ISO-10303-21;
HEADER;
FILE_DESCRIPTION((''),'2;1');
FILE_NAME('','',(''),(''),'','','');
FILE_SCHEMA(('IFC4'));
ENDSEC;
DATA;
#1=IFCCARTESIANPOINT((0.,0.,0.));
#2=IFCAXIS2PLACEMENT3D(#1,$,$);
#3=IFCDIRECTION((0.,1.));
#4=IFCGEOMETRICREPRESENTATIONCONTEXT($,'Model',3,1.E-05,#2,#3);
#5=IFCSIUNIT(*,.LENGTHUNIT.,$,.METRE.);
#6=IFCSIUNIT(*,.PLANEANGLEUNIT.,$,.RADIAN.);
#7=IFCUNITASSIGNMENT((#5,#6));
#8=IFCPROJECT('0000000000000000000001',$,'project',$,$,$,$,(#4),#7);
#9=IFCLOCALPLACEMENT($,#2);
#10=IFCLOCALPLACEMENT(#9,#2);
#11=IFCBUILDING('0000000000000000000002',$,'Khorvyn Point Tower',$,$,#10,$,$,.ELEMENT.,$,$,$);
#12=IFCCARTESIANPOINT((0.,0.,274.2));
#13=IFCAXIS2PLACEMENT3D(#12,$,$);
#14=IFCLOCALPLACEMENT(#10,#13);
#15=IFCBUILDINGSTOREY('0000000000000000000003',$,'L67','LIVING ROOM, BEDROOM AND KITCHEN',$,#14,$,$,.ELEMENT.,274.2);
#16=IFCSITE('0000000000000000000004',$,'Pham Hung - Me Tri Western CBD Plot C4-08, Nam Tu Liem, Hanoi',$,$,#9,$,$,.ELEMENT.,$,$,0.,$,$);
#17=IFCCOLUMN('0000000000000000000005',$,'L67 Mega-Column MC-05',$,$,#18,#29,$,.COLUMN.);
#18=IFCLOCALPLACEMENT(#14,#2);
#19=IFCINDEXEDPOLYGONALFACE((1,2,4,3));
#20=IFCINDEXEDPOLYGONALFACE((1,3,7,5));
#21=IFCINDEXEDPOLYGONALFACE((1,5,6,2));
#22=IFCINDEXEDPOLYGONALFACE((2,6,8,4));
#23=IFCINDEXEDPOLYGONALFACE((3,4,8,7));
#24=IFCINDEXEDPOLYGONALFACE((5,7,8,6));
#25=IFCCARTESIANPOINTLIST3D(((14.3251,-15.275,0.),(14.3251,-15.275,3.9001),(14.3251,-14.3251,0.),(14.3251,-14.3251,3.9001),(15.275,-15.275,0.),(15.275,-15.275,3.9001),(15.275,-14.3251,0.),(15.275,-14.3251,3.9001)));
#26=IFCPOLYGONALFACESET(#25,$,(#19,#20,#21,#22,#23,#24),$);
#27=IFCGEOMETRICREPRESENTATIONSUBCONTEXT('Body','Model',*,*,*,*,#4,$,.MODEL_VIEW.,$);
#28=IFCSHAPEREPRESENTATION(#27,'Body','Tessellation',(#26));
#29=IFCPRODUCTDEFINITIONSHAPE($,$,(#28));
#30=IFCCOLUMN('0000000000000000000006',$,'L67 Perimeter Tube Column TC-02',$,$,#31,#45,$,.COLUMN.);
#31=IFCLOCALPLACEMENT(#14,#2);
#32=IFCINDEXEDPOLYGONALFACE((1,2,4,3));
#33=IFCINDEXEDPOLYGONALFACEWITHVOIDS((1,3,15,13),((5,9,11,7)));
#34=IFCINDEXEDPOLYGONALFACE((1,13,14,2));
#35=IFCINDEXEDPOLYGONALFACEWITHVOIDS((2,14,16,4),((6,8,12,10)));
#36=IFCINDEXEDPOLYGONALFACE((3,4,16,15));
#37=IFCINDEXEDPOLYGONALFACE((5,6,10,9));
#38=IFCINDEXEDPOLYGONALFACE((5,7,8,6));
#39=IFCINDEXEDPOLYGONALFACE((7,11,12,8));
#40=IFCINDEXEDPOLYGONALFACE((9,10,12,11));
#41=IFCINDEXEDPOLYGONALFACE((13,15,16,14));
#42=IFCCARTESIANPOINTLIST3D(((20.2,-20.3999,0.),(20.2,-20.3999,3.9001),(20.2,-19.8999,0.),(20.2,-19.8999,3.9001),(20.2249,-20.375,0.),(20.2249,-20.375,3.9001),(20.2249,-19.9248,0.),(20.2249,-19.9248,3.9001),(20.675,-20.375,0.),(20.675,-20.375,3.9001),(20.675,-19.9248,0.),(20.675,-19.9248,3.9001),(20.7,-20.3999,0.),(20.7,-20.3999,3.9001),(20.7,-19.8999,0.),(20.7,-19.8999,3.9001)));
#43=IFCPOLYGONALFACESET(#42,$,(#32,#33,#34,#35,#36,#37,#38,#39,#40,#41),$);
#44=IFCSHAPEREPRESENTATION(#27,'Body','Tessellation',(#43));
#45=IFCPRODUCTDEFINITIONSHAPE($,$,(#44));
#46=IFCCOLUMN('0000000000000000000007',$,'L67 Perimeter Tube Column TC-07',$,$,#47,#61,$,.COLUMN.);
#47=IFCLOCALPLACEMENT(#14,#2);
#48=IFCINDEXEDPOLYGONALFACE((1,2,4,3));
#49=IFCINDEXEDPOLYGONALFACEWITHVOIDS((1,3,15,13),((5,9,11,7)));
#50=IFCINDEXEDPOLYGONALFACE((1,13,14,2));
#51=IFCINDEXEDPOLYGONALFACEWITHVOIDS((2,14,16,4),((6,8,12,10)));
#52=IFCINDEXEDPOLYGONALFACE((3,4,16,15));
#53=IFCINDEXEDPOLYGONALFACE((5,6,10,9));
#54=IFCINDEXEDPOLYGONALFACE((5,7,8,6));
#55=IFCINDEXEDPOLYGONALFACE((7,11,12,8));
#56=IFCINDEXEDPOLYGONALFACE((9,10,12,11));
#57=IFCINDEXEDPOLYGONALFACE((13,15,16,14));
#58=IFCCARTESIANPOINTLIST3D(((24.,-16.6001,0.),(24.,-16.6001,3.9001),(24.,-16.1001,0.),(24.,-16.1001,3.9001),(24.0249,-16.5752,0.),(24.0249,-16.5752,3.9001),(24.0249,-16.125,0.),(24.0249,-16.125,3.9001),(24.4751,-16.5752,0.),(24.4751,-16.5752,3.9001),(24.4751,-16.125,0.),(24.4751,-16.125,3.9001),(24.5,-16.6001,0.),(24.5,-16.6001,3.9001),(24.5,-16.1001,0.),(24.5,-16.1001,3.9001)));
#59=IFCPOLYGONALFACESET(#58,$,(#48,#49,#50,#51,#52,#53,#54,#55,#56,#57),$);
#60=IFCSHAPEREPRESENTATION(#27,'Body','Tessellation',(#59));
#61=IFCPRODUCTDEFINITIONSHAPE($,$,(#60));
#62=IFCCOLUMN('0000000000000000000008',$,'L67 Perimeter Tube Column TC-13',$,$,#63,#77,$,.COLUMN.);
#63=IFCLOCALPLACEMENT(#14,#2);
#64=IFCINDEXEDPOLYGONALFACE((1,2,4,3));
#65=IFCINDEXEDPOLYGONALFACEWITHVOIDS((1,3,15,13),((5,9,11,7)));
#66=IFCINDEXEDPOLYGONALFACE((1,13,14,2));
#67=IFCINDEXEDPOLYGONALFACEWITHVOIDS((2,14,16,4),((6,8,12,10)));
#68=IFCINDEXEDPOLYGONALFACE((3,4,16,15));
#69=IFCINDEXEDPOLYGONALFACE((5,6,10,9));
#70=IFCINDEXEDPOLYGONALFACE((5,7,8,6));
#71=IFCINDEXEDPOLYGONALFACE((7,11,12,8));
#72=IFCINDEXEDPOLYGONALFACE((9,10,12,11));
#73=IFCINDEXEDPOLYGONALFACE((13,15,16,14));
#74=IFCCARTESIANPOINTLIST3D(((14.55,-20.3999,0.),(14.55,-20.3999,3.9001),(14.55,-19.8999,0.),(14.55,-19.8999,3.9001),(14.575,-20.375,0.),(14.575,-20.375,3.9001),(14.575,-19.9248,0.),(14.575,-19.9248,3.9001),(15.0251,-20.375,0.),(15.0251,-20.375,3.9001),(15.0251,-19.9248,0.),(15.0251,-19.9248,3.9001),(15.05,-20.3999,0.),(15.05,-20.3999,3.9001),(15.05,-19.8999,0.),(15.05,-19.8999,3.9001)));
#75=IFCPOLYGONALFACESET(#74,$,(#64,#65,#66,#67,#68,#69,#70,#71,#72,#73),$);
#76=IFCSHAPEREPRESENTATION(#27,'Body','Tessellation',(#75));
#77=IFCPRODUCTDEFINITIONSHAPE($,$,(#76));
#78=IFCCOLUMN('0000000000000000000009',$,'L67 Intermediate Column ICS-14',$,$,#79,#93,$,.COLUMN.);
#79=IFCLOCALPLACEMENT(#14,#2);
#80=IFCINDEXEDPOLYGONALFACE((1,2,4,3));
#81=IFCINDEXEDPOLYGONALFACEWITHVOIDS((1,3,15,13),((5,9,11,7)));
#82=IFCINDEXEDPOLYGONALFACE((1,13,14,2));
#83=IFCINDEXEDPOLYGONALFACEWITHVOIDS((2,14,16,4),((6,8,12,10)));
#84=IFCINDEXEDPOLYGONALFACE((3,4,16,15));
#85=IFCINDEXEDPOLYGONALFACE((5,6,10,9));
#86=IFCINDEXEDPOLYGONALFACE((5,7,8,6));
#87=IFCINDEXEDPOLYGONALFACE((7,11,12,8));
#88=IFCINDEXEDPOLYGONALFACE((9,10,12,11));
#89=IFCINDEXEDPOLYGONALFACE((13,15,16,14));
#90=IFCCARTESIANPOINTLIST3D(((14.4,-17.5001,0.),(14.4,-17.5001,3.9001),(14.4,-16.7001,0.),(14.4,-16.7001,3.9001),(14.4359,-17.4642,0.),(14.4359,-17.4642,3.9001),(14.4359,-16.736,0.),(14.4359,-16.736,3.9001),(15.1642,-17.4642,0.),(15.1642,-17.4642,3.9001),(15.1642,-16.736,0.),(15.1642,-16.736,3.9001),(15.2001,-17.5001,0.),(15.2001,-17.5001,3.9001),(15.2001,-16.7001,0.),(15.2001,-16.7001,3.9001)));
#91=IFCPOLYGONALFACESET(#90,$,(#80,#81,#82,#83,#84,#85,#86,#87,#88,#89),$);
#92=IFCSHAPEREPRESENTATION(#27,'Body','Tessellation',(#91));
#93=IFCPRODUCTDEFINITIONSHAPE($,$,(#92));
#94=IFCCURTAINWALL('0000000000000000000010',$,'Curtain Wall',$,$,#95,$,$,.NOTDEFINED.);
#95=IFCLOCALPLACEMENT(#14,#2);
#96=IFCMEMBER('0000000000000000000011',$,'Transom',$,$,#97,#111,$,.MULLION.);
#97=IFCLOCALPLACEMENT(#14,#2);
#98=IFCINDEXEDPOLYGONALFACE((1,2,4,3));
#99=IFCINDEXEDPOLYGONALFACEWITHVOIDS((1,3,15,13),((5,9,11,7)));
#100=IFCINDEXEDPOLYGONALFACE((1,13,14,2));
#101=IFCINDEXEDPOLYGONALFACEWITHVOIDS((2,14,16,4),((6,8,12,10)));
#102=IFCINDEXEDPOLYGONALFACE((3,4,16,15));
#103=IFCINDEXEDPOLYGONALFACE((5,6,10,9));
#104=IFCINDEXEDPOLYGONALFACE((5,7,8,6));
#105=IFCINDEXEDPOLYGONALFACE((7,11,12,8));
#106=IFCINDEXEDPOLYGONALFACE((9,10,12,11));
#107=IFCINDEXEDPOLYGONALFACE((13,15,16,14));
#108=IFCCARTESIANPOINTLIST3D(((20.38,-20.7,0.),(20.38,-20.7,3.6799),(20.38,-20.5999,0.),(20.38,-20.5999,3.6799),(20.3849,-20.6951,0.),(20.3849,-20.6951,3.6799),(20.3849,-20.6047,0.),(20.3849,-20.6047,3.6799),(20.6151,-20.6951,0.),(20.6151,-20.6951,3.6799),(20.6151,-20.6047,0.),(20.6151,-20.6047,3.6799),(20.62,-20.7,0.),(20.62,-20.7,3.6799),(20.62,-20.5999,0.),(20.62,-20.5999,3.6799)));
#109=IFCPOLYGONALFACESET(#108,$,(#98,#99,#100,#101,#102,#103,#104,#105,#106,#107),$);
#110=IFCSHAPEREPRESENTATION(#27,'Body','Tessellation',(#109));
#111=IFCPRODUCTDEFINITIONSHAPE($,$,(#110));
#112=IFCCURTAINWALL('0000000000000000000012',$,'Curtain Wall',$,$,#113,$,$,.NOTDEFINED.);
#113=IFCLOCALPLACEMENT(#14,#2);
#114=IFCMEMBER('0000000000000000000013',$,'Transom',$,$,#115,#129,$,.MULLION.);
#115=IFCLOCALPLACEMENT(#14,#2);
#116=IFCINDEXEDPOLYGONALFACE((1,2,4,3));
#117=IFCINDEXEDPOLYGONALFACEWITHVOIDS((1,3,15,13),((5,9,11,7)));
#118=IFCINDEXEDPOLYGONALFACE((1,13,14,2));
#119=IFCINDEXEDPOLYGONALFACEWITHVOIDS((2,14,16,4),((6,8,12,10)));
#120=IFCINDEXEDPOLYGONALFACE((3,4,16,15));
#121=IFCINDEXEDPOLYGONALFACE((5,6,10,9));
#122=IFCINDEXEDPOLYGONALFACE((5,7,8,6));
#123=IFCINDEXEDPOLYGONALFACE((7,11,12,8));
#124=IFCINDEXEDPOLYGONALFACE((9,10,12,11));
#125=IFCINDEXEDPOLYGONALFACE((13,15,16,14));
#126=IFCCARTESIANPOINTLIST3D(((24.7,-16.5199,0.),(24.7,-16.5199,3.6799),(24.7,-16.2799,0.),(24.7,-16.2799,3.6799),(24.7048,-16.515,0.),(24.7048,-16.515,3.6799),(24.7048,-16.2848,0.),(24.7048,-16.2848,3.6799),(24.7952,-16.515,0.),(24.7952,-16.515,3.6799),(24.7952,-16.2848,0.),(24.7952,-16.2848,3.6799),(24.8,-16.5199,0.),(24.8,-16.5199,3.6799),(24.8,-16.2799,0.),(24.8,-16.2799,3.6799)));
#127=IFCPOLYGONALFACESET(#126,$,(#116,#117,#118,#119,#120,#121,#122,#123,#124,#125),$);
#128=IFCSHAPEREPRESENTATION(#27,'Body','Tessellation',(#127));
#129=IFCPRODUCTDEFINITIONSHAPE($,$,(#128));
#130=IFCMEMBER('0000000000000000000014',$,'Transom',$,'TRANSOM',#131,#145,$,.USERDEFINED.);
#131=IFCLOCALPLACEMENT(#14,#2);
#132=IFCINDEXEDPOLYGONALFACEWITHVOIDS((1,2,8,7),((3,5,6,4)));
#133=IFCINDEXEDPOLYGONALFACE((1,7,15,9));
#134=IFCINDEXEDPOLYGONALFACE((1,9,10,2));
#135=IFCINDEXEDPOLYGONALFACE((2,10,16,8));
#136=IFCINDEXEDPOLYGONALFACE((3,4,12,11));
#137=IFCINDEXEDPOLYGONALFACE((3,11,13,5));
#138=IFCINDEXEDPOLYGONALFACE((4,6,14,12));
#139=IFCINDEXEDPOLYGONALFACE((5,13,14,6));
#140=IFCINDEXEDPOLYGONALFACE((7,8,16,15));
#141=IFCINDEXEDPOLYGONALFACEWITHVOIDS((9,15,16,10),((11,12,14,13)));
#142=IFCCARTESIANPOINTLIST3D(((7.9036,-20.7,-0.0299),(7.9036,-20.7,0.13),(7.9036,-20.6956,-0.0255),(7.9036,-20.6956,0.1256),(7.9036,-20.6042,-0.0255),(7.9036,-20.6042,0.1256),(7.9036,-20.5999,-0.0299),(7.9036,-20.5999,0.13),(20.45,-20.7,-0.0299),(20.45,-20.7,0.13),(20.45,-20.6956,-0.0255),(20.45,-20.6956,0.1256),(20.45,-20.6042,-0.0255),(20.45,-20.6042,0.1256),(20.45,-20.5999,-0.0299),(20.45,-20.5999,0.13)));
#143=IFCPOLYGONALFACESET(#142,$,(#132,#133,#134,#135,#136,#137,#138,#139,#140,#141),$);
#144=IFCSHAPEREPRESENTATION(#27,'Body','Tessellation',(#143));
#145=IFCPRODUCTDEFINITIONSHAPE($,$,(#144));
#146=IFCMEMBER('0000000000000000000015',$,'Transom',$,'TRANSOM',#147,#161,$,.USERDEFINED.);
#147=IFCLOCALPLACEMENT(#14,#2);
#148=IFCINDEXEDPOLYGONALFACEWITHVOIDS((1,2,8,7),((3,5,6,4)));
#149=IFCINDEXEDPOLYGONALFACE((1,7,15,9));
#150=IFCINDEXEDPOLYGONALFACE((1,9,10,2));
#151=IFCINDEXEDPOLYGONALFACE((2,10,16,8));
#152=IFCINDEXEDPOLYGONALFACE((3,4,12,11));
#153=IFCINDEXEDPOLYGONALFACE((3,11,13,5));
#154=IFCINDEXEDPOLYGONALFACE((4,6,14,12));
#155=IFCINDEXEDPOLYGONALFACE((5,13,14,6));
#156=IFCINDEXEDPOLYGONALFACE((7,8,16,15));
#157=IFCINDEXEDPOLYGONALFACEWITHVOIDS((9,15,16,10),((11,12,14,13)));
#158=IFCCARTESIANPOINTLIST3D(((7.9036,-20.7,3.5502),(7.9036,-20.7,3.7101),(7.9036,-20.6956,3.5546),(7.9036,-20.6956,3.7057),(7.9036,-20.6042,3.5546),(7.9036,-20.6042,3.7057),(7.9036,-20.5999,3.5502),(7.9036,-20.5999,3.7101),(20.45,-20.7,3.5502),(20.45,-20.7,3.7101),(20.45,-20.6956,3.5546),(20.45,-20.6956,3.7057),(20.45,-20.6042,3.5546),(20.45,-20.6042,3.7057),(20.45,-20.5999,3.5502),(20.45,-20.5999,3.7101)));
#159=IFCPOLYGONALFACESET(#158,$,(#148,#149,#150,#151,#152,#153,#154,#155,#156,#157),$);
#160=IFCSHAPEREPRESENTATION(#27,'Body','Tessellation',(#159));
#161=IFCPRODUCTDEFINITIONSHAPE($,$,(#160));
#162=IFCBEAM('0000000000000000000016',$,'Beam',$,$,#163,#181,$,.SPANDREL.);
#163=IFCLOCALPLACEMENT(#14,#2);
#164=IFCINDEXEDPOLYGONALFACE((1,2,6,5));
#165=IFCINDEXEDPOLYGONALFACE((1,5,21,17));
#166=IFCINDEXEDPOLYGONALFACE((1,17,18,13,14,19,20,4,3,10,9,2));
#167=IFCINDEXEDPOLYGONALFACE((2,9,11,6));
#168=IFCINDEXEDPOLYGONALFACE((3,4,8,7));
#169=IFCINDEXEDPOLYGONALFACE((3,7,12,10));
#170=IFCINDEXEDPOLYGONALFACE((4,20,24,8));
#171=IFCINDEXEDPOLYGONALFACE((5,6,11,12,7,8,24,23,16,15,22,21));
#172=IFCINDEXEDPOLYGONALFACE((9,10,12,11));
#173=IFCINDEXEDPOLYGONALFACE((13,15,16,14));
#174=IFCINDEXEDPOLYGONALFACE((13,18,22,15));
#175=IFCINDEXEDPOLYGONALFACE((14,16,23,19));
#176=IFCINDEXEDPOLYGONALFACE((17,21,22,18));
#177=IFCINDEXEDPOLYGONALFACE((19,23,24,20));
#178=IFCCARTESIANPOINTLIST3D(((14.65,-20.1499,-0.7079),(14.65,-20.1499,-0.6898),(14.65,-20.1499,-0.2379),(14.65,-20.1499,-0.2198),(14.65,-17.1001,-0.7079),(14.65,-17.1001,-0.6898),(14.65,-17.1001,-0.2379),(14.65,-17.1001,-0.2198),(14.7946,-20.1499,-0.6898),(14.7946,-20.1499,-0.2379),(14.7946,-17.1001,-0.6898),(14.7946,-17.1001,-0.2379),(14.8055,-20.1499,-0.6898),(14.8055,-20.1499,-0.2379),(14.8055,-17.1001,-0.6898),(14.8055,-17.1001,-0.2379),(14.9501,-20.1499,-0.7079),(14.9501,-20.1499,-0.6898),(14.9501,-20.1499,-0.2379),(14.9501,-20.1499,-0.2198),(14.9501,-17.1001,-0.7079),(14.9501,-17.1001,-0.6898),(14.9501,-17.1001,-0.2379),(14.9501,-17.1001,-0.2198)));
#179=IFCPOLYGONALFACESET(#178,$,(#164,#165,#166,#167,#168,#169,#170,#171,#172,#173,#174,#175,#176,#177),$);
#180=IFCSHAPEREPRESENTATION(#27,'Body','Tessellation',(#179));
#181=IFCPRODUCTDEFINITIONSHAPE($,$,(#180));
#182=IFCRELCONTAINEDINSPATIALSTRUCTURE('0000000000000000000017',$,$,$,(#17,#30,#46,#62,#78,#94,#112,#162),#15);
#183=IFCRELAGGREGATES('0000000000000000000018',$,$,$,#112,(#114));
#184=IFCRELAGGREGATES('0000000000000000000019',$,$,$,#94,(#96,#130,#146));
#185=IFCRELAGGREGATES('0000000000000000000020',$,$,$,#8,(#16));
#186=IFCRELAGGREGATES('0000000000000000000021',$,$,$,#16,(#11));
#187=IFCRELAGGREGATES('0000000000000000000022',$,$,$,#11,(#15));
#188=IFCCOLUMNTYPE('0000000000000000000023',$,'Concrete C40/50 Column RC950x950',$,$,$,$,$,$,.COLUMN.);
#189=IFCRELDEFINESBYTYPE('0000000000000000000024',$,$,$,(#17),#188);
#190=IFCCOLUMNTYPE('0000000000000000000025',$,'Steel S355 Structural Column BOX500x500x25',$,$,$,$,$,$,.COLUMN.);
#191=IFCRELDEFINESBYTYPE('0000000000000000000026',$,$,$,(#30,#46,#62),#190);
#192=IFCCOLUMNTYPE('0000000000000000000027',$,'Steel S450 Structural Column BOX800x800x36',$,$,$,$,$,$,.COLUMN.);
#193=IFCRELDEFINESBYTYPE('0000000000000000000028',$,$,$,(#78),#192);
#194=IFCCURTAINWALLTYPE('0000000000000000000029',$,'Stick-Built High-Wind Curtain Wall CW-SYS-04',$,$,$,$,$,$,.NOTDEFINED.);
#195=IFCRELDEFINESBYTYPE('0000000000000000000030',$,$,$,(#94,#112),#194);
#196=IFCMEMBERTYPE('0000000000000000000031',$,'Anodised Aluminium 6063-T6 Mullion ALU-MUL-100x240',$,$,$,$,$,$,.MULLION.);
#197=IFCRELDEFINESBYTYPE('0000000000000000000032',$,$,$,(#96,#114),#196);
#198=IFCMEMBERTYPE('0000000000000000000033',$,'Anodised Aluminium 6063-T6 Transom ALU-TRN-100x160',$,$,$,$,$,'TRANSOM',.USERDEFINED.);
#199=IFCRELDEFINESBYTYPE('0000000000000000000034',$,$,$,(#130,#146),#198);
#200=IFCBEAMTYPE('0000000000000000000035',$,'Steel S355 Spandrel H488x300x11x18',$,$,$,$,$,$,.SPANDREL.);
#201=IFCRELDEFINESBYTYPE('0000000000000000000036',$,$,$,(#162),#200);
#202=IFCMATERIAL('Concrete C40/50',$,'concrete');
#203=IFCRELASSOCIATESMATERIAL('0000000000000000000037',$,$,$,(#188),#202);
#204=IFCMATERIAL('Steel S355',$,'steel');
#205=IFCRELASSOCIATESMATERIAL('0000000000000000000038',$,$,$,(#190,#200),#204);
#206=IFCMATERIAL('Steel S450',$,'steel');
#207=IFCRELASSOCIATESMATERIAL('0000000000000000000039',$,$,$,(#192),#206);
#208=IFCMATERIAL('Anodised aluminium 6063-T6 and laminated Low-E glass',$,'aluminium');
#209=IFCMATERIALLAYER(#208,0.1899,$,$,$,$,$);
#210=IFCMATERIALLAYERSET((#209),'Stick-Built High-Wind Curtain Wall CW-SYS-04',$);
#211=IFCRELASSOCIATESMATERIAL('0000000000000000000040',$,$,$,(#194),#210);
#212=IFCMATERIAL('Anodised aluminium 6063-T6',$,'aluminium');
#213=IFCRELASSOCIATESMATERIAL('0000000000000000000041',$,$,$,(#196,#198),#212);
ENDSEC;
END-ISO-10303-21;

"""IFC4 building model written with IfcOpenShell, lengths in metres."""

from ifc_helpers import new_model, si_unit, direction, frame, origin, origin_2d, place, context, subcontext, project, spatial, rectangle, hollow_rectangle, i_section, extrude, material, layer, layer_set, material_profile, profile_set, type_object, element, aggregate, save


model = new_model("IFC4")

# Units and contexts
model_context = context("Model", 3, precision=1e-05, world=origin(), true_north=direction((0.0, 1.0)))
body_context = subcontext(model_context, "Body", "Model", "MODEL_VIEW")
ifc_project = project(units=[si_unit("LENGTHUNIT", "METRE"), si_unit("PLANEANGLEUNIT", "RADIAN")], contexts=[model_context])

# Site, building, storey
site_placement = place(None, origin())
site = spatial("IfcSite", under=ifc_project, at=site_placement, Name="Pham Hung - Me Tri Western CBD Plot C4-08, Nam Tu Liem, Hanoi", CompositionType="ELEMENT", RefElevation=0.0)
building_placement = place(site_placement, origin())
building = spatial("IfcBuilding", under=site, at=building_placement, Name="Khorvyn Point Tower", CompositionType="ELEMENT")
storey_placement = place(building_placement, frame((0.0, 0.0, 274.2)))
storey = spatial("IfcBuildingStorey", under=building, at=storey_placement, Name="L67", Description="LIVING ROOM, BEDROOM AND KITCHEN", CompositionType="ELEMENT", Elevation=274.2)

# Columns
ifc_material_1 = material(Name="Concrete C40/50", Category="concrete")
ifc_material_profile_1 = material_profile(ifc_material_1, rectangle(XDim=0.95, YDim=0.95, at=origin_2d()))
ifc_profile_set_1 = profile_set([ifc_material_profile_1], Name="Concrete C40/50 RC950x950")
column_type_1 = type_object("IfcColumnType", Name="Concrete C40/50 Column RC950x950", PredefinedType="COLUMN", material=ifc_profile_set_1)
column_1_placement = place(storey_placement, frame((14.8, -14.8, 0.0), z_axis=(0.0, 0.0, 1.0), x_axis=(1.0, 0.0, 0.0)))
element("IfcColumn", 1, at=column_1_placement, inside=storey, type_object=column_type_1, Name="L67 Mega-Column MC-05", PredefinedType="COLUMN", context=body_context, shape_type="SweptSolid", body=[
    extrude(rectangle(XDim=0.95, YDim=0.95, at=origin_2d()), origin(), (0.0, 0.0, 1.0), 3.9001),
])
ifc_material_2 = material(Name="Steel S355", Category="steel")
ifc_material_profile_2 = material_profile(ifc_material_2, hollow_rectangle(XDim=0.5, YDim=0.5, WallThickness=0.0249, at=origin_2d()))
ifc_profile_set_2 = profile_set([ifc_material_profile_2], Name="Steel S355 BOX500x500x25")
column_type_2 = type_object("IfcColumnType", Name="Steel S355 Structural Column BOX500x500x25", PredefinedType="COLUMN", material=ifc_profile_set_2)
for number, where, z_axis, x_axis, name in (
    (2, (20.45, -20.1499, 0.0), (0.0, 0.0, 1.0), (1.0, 0.0, 0.0), "L67 Perimeter Tube Column TC-02"),
    (3, (24.25, -16.3501, 0.0), (0.0, 0.0, 1.0), (1.0, 0.0, 0.0), "L67 Perimeter Tube Column TC-07"),
    (4, (14.8, -20.1499, 0.0), (0.0, 0.0, 1.0), (1.0, 0.0, 0.0), "L67 Perimeter Tube Column TC-13"),
):
    element("IfcColumn", number, at=place(storey_placement, frame(where, z_axis=z_axis, x_axis=x_axis)), inside=storey, type_object=column_type_2, Name=name, PredefinedType="COLUMN", context=body_context, shape_type="SweptSolid", body=[
        extrude(hollow_rectangle(XDim=0.5, YDim=0.5, WallThickness=0.0249, at=origin_2d()), origin(), (0.0, 0.0, 1.0), 3.9001),
    ])
ifc_material_3 = material(Name="Steel S450", Category="steel")
ifc_material_profile_3 = material_profile(ifc_material_3, hollow_rectangle(XDim=0.8, YDim=0.8, WallThickness=0.0359, at=origin_2d()))
ifc_profile_set_3 = profile_set([ifc_material_profile_3], Name="Steel S450 BOX800x800x36")
column_type_3 = type_object("IfcColumnType", Name="Steel S450 Structural Column BOX800x800x36", PredefinedType="COLUMN", material=ifc_profile_set_3)
column_2_placement = place(storey_placement, frame((14.8, -17.1001, 0.0), z_axis=(0.0, 0.0, 1.0), x_axis=(1.0, 0.0, 0.0)))
element("IfcColumn", 5, at=column_2_placement, inside=storey, type_object=column_type_3, Name="L67 Intermediate Column ICS-14", PredefinedType="COLUMN", context=body_context, shape_type="SweptSolid", body=[
    extrude(hollow_rectangle(XDim=0.8, YDim=0.8, WallThickness=0.0359, at=origin_2d()), origin(), (0.0, 0.0, 1.0), 3.9001),
])

# Curtain walls, members
ifc_material_4 = material(Name="Anodised aluminium 6063-T6 and laminated Low-E glass", Category="aluminium")
ifc_layer_1 = layer(ifc_material_4, 0.1899)
ifc_layer_set_1 = layer_set([ifc_layer_1], Name="Stick-Built High-Wind Curtain Wall CW-SYS-04")
curtain_wall_type = type_object("IfcCurtainWallType", Name="Stick-Built High-Wind Curtain Wall CW-SYS-04", PredefinedType="NOTDEFINED", material=ifc_layer_set_1)
curtain_wall_1_placement = place(storey_placement, origin())
curtain_wall_1 = element("IfcCurtainWall", 6, at=curtain_wall_1_placement, inside=storey, type_object=curtain_wall_type, Name="Curtain Wall", PredefinedType="NOTDEFINED")
ifc_material_5 = material(Name="Anodised aluminium 6063-T6", Category="aluminium")
ifc_material_profile_4 = material_profile(ifc_material_5, hollow_rectangle(XDim=0.1001, YDim=0.24, WallThickness=0.0049, at=origin_2d()))
ifc_profile_set_4 = profile_set([ifc_material_profile_4], Name="Anodised aluminium 6063-T6 ALU-MUL-100x240")
member_type_1 = type_object("IfcMemberType", Name="Anodised Aluminium 6063-T6 Mullion ALU-MUL-100x240", PredefinedType="MULLION", material=ifc_profile_set_4)
member_1_placement = place(storey_placement, frame((20.5, -20.6499, 0.0), z_axis=(0.0, 0.0, 1.0), x_axis=(0.0, -1.0, 0.0)))
member_1 = element("IfcMember", 7, at=member_1_placement, type_object=member_type_1, Name="Transom", PredefinedType="MULLION", context=body_context, shape_type="SweptSolid", body=[
    extrude(hollow_rectangle(XDim=0.1001, YDim=0.24, WallThickness=0.0049, at=origin_2d()), origin(), (0.0, 0.0, 1.0), 3.6799),
])
curtain_wall_2_placement = place(storey_placement, origin())
curtain_wall_2 = element("IfcCurtainWall", 8, at=curtain_wall_2_placement, inside=storey, type_object=curtain_wall_type, Name="Curtain Wall", PredefinedType="NOTDEFINED")
member_2_placement = place(storey_placement, frame((24.75, -16.3999, 0.0), z_axis=(0.0, 0.0, 1.0), x_axis=(1.0, 0.0, 0.0)))
member_2 = element("IfcMember", 9, at=member_2_placement, type_object=member_type_1, Name="Transom", PredefinedType="MULLION", context=body_context, shape_type="SweptSolid", body=[
    extrude(hollow_rectangle(XDim=0.1001, YDim=0.24, WallThickness=0.0049, at=origin_2d()), origin(), (0.0, 0.0, 1.0), 3.6799),
])
aggregate(curtain_wall_2, [member_2])

# Members
ifc_material_profile_5 = material_profile(ifc_material_5, hollow_rectangle(XDim=0.1001, YDim=0.1599, WallThickness=0.0044, at=origin_2d()))
ifc_profile_set_5 = profile_set([ifc_material_profile_5], Name="Anodised aluminium 6063-T6 ALU-TRN-100x160")
member_type_2 = type_object("IfcMemberType", Name="Anodised Aluminium 6063-T6 Transom ALU-TRN-100x160", ElementType="TRANSOM", PredefinedType="USERDEFINED", material=ifc_profile_set_5)
member_3_placement = place(storey_placement, frame((20.45, -20.6499, 0.05), z_axis=(-1.0, 0.0, 0.0), x_axis=(0.0, -1.0, 0.0)))
member_3 = element("IfcMember", 10, at=member_3_placement, type_object=member_type_2, Name="Transom", ObjectType="TRANSOM", PredefinedType="USERDEFINED", context=body_context, shape_type="SweptSolid", body=[
    extrude(hollow_rectangle(XDim=0.1001, YDim=0.1599, WallThickness=0.0044, at=origin_2d()), origin(), (0.0, 0.0, 1.0), 12.5464),
])
member_4_placement = place(storey_placement, frame((20.45, -20.6499, 3.6301), z_axis=(-1.0, 0.0, 0.0), x_axis=(0.0, -1.0, 0.0)))
member_4 = element("IfcMember", 11, at=member_4_placement, type_object=member_type_2, Name="Transom", ObjectType="TRANSOM", PredefinedType="USERDEFINED", context=body_context, shape_type="SweptSolid", body=[
    extrude(hollow_rectangle(XDim=0.1001, YDim=0.1599, WallThickness=0.0044, at=origin_2d()), origin(), (0.0, 0.0, 1.0), 12.5464),
])

# Beam
ifc_material_profile_6 = material_profile(ifc_material_2, i_section(OverallWidth=0.3, OverallDepth=0.488, WebThickness=0.011, FlangeThickness=0.0181, at=origin_2d()))
ifc_profile_set_6 = profile_set([ifc_material_profile_6], Name="Steel S355 H488x300x11x18")
beam_type_1 = type_object("IfcBeamType", Name="Steel S355 Spandrel H488x300x11x18", PredefinedType="SPANDREL", material=ifc_profile_set_6)
beam_1_placement = place(storey_placement, frame((14.8, -20.1499, -0.4639), z_axis=(0.0, 1.0, 0.0), x_axis=(-1.0, 0.0, 0.0)))
element("IfcBeam", 12, at=beam_1_placement, inside=storey, type_object=beam_type_1, Name="Beam", PredefinedType="SPANDREL", context=body_context, shape_type="SweptSolid", body=[
    extrude(i_section(OverallWidth=0.3, OverallDepth=0.488, WebThickness=0.011, FlangeThickness=0.0181, at=origin_2d()), origin(), (0.0, 0.0, 1.0), 3.0498),
])

aggregate(curtain_wall_1, [member_1, member_3, member_4])

save(model, "model.ifc")
